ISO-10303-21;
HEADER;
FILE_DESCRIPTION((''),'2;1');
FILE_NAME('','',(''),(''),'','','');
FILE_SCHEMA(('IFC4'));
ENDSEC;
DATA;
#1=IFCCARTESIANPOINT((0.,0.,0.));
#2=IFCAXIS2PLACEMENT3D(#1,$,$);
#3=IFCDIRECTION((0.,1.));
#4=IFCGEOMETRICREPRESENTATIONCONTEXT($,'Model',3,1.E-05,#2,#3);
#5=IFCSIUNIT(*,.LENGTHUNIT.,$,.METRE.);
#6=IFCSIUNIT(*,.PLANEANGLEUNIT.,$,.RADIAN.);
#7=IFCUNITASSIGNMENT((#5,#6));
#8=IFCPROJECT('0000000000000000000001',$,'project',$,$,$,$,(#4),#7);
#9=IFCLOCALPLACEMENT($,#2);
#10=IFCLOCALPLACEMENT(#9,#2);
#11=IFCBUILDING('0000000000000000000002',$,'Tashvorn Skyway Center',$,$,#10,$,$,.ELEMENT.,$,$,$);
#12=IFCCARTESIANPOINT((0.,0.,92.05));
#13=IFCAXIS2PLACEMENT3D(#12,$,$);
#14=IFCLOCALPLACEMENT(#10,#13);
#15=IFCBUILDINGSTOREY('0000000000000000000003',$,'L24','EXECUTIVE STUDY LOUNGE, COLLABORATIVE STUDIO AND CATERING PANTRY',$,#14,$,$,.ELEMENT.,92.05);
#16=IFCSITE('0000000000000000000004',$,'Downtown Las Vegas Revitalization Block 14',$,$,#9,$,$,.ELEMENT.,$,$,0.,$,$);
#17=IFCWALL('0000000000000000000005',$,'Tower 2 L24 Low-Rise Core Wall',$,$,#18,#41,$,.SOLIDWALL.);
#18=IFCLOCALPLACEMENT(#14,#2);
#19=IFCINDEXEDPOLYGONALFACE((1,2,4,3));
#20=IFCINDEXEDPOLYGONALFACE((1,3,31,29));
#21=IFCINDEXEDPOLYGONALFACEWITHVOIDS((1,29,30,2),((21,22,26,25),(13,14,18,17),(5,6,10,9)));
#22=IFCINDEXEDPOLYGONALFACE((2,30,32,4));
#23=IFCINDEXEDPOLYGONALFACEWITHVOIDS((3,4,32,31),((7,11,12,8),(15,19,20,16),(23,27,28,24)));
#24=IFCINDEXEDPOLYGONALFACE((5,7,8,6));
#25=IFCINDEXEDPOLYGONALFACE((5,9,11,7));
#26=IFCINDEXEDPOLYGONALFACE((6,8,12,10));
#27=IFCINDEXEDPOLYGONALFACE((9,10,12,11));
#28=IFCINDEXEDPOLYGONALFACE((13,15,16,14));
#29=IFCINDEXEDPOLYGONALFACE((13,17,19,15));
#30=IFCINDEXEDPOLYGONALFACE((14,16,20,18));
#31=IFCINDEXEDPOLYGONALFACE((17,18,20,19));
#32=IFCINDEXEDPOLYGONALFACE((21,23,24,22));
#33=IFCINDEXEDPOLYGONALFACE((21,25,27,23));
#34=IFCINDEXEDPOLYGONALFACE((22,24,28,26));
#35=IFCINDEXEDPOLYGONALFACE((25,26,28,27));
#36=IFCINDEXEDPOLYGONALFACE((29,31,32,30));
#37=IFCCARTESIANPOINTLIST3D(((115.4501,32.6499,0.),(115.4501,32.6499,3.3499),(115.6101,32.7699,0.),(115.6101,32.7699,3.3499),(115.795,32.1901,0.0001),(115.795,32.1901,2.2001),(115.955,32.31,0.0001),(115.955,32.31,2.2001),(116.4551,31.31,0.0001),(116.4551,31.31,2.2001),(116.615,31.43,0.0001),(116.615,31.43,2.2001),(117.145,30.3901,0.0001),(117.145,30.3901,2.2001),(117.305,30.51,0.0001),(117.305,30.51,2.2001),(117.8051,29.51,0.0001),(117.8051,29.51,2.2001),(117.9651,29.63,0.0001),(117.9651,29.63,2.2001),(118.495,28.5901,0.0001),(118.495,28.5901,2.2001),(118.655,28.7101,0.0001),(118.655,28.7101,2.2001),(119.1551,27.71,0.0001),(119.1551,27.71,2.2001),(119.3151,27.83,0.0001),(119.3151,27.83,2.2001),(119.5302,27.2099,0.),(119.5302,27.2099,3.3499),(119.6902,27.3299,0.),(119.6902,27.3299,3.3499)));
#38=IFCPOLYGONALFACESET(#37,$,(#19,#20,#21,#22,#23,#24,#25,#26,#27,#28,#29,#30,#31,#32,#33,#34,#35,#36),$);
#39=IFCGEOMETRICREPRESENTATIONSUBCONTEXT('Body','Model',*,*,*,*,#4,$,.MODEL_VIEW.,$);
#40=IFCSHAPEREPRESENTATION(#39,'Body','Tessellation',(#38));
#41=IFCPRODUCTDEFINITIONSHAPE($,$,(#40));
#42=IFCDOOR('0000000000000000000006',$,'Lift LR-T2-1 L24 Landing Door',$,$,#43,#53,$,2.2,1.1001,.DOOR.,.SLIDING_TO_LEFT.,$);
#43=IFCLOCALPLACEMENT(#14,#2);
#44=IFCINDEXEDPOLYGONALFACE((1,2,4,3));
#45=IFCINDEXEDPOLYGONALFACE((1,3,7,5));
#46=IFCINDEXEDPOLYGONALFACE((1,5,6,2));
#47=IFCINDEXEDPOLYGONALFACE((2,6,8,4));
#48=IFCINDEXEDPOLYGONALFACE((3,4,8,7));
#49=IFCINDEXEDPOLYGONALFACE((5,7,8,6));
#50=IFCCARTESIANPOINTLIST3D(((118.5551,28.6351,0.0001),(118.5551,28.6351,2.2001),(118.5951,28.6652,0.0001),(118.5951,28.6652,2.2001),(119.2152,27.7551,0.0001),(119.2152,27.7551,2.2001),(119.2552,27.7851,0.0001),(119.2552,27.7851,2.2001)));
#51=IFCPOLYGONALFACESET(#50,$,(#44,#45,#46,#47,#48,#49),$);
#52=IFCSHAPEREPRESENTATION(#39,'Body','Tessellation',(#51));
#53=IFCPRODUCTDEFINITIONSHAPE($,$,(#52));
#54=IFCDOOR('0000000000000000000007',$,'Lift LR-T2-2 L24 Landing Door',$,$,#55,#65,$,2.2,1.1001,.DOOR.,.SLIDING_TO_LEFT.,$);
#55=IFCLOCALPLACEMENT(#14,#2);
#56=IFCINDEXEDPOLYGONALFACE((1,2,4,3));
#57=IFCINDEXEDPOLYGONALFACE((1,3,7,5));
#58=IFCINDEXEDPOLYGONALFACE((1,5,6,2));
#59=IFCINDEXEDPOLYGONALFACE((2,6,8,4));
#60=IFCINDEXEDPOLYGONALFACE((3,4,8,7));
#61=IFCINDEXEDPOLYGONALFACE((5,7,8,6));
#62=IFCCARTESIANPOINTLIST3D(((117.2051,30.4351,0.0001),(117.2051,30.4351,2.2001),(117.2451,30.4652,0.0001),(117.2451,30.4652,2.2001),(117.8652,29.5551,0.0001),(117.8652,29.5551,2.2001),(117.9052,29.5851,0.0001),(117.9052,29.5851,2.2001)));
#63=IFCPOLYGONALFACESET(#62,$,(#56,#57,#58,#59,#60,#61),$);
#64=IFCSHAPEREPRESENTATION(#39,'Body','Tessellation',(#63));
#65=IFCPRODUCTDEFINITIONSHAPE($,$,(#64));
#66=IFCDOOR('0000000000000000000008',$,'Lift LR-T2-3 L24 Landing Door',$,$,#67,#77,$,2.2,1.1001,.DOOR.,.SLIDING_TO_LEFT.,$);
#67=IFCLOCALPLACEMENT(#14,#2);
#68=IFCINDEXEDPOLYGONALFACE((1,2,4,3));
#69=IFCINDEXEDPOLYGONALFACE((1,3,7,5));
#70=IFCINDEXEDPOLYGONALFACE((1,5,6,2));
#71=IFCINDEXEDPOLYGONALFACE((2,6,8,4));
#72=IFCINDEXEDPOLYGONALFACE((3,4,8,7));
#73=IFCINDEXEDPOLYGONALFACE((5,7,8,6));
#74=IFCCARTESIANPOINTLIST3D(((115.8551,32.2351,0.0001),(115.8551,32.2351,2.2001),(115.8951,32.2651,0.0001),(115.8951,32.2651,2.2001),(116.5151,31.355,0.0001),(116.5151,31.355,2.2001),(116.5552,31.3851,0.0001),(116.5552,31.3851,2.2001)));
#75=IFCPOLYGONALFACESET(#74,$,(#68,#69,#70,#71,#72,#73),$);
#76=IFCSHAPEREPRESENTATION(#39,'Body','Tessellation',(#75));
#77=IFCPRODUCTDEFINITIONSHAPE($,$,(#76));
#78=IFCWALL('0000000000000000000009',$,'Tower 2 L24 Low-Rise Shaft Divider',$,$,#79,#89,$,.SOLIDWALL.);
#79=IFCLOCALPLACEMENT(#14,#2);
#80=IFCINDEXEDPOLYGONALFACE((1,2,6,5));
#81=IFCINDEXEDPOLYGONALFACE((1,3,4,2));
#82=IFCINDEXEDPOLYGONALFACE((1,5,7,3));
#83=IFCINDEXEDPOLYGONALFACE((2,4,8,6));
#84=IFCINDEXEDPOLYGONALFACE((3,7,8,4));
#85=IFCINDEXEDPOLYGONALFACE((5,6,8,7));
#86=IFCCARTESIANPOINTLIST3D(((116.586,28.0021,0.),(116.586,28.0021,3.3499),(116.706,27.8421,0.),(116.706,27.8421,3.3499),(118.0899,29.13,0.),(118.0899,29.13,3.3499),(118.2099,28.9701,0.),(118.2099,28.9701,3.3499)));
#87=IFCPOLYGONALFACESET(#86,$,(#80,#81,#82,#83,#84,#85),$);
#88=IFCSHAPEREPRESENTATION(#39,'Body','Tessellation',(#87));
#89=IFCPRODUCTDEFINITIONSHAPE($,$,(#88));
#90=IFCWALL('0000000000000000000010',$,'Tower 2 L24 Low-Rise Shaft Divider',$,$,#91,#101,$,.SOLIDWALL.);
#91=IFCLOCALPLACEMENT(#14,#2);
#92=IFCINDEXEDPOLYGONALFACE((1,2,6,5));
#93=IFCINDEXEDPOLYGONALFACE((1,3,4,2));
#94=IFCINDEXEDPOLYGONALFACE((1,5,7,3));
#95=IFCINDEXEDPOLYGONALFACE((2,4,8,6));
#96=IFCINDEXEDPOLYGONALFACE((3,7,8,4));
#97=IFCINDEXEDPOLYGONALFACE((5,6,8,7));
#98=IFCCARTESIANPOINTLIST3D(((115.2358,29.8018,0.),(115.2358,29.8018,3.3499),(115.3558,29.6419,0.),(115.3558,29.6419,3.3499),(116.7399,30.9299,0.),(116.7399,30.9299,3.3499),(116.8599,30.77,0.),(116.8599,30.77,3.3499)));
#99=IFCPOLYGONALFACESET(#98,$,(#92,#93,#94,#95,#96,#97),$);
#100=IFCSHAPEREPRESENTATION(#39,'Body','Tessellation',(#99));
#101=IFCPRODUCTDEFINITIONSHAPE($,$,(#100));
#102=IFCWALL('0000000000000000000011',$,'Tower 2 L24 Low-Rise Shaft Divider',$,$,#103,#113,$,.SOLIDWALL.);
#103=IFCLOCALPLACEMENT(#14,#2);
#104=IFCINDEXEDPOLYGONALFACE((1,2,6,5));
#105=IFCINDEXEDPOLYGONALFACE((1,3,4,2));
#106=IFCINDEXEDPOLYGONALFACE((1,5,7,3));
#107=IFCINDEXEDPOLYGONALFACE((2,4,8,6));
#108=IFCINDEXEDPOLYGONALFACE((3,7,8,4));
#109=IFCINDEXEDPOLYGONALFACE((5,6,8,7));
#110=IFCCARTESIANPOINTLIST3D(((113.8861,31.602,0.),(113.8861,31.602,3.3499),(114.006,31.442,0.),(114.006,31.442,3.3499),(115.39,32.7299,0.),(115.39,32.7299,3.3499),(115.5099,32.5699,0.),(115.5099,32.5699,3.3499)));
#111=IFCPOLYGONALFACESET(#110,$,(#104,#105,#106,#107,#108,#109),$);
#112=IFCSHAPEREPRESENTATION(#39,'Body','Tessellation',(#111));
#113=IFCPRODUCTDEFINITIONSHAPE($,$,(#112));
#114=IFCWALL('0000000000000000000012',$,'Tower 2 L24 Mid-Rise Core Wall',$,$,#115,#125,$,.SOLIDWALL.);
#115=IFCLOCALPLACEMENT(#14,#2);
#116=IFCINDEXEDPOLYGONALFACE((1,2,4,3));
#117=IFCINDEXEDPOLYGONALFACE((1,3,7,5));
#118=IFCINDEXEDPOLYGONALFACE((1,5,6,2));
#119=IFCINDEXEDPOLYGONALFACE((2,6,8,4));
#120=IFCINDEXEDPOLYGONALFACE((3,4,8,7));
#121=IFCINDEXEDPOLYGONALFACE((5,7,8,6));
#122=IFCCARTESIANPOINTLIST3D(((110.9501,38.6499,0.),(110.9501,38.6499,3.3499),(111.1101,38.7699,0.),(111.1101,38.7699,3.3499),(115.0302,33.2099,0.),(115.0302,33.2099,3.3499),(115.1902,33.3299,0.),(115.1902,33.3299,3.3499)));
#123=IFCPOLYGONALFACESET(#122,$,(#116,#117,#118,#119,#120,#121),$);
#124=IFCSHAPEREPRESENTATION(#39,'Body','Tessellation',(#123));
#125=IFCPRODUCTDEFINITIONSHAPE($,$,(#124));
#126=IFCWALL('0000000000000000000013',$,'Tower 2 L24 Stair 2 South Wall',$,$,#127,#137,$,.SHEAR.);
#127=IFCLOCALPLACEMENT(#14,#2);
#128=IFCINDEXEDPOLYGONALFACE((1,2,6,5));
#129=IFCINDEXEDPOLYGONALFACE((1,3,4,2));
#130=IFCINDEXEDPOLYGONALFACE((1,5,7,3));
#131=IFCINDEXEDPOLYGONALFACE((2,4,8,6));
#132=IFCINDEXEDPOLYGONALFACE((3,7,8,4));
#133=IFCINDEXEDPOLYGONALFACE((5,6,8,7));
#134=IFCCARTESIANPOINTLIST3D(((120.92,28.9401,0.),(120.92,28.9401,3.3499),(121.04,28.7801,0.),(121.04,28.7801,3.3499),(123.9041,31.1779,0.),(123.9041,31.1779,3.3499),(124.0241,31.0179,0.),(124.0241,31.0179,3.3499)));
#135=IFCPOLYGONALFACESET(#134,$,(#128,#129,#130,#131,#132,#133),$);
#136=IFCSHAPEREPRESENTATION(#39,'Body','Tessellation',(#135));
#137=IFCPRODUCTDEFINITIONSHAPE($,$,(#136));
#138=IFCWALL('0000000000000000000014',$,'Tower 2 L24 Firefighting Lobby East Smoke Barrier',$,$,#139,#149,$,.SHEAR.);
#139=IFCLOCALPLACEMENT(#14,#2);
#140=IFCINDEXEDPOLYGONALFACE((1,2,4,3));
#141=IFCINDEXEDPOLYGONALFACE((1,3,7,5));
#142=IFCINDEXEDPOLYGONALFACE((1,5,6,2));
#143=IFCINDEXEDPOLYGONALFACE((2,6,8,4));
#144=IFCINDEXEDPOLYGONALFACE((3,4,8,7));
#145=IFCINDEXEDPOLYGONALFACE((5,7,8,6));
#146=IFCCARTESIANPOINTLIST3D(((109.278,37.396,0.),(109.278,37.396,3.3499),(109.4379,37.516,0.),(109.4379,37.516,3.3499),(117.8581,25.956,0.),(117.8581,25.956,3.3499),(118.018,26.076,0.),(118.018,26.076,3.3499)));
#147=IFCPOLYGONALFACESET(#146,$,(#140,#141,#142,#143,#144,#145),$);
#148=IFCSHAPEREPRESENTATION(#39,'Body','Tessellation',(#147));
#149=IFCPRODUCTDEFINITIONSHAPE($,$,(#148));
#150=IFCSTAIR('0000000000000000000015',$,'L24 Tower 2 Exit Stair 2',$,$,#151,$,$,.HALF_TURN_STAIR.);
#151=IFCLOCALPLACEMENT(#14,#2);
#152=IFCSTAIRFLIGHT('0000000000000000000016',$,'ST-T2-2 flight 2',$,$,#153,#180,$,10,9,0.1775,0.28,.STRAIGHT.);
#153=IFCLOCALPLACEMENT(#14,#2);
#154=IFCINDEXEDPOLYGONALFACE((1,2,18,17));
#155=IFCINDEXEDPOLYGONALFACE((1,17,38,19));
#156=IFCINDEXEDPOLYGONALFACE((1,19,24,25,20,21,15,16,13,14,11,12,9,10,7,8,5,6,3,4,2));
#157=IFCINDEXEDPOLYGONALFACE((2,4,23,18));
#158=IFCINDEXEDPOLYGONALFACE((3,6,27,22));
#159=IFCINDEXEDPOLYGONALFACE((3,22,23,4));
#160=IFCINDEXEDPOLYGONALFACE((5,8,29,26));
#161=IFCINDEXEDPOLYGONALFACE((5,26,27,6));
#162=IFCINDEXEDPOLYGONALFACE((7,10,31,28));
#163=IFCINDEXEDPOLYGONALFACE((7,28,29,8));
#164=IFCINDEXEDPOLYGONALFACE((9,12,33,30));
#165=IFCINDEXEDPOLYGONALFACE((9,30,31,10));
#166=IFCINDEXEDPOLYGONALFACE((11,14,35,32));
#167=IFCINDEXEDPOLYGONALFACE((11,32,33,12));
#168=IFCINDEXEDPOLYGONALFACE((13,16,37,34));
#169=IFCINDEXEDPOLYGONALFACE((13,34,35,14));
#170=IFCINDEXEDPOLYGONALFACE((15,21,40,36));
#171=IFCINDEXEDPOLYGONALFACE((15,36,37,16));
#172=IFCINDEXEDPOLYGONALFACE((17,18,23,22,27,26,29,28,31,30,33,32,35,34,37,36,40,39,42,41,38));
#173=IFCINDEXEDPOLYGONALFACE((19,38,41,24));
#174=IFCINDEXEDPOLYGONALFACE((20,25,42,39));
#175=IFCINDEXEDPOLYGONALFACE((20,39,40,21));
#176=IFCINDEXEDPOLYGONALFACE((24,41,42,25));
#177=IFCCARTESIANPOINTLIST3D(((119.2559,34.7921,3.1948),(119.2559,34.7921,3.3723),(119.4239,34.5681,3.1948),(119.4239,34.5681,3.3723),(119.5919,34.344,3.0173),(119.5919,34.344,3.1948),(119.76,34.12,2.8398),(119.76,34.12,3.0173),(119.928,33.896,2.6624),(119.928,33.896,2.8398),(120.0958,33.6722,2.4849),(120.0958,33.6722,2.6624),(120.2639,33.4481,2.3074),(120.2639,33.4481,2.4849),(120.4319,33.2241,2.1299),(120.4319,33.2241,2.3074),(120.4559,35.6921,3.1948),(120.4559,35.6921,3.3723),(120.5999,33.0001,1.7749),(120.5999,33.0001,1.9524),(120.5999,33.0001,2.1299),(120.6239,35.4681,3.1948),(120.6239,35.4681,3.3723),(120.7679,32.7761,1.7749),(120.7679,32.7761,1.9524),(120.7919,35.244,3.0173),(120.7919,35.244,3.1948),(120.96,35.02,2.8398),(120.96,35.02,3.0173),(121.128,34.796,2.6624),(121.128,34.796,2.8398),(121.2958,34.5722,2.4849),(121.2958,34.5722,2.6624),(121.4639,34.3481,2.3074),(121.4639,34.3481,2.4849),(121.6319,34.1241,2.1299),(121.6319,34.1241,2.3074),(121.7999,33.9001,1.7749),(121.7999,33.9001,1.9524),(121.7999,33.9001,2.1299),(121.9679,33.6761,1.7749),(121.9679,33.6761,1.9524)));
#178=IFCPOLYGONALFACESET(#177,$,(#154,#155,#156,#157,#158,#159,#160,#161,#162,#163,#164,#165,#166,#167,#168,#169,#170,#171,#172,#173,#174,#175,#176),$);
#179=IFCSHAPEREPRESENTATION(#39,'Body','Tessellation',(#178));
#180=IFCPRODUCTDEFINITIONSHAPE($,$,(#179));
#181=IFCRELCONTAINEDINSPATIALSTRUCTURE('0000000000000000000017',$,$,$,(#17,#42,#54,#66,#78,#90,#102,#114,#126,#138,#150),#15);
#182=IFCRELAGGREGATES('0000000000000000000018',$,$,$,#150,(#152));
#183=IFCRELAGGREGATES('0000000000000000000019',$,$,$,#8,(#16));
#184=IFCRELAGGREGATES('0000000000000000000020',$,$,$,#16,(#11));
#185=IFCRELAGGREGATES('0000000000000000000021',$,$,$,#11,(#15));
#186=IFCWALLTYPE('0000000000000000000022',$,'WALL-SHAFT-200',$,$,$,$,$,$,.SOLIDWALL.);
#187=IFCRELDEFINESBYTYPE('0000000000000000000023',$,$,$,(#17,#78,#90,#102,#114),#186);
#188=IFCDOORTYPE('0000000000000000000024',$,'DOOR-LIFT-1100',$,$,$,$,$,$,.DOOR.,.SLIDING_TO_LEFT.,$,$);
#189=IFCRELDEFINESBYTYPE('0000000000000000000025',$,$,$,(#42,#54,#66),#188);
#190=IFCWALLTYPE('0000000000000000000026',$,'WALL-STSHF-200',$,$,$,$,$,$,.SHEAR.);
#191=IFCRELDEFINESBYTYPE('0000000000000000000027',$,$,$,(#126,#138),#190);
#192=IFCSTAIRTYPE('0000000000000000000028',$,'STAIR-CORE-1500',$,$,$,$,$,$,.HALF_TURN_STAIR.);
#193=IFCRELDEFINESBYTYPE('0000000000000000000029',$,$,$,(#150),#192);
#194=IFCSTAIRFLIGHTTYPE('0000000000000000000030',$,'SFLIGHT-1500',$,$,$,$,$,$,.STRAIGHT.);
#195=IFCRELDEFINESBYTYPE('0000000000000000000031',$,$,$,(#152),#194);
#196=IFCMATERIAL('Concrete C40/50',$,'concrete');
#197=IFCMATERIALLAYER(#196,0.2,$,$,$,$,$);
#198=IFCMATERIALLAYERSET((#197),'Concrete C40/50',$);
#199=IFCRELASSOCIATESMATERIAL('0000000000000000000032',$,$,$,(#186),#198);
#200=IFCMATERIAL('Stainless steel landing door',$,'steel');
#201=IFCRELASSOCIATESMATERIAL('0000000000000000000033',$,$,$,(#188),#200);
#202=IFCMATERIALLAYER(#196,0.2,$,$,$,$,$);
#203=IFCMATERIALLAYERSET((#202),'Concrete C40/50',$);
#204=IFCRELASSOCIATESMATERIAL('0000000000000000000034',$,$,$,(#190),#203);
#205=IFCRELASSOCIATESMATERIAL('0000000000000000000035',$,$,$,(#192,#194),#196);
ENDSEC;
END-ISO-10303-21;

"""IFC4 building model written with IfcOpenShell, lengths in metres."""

from ifc_helpers import new_model, si_unit, direction, frame, frame_2d, origin, place, context, subcontext, project, spatial, polyline, rectangle, outline, extrude, material, layer, layer_set, type_object, element, fill, aggregate, save


model = new_model("IFC4")

# Units and contexts
model_context = context("Model", 3, precision=1e-05, world=origin(), true_north=direction((0.0, 1.0)))
body_context = subcontext(model_context, "Body", "Model", "MODEL_VIEW")
ifc_project = project(units=[si_unit("LENGTHUNIT", "METRE"), si_unit("PLANEANGLEUNIT", "RADIAN")], contexts=[model_context])

# Site, building, storey
site_placement = place(None, origin())
site = spatial("IfcSite", under=ifc_project, at=site_placement, Name="Downtown Las Vegas Revitalization Block 14", CompositionType="ELEMENT", RefElevation=0.0)
building_placement = place(site_placement, origin())
building = spatial("IfcBuilding", under=site, at=building_placement, Name="Tashvorn Skyway Center", CompositionType="ELEMENT")
storey_placement = place(building_placement, frame((0.0, 0.0, 92.05)))
storey = spatial("IfcBuildingStorey", under=building, at=storey_placement, Name="L24", Description="EXECUTIVE STUDY LOUNGE, COLLABORATIVE STUDIO AND CATERING PANTRY", CompositionType="ELEMENT", Elevation=92.05)

# Wall, openings, doors
ifc_material_1 = material(Name="Concrete C40/50", Category="concrete")
ifc_layer_1 = layer(ifc_material_1, 0.2)
ifc_layer_set_1 = layer_set([ifc_layer_1], Name="Concrete C40/50")
wall_type_1 = type_object("IfcWallType", Name="WALL-SHAFT-200", PredefinedType="SOLIDWALL", material=ifc_layer_set_1)
wall_1_placement = place(storey_placement, frame((119.6101, 27.27, 0.0), z_axis=(0.0, 0.0, 1.0), x_axis=(-0.600011, 0.799991, 0.0)))
wall_1 = element("IfcWall", 1, at=wall_1_placement, inside=storey, type_object=wall_type_1, Name="Tower 2 L24 Low-Rise Core Wall", PredefinedType="SOLIDWALL", context=body_context, shape_type="SweptSolid", body=[
    extrude(rectangle(XDim=6.8, YDim=0.2, at=frame_2d((3.3999, 0.0))), origin(), (0.0, 0.0, 1.0), 3.3499),
])
opening_1_placement = place(wall_1_placement, frame((0.625, 0.0, 0.0)))
opening_1 = element("IfcOpeningElement", 2, at=opening_1_placement, cuts=wall_1, PredefinedType="OPENING", context=body_context, shape_type="SweptSolid", body=[
    extrude(rectangle(XDim=1.1001, YDim=2.2, at=frame_2d((0.55, 1.1001))), frame((0.0, 0.1099, 0.0), z_axis=(0.0, -1.0, 0.0), x_axis=(1.0, 0.0, 0.0)), (0.0, 0.0, 1.0), 0.22),
])
opening_2_placement = place(wall_1_placement, frame((2.875, 0.0, 0.0)))
opening_2 = element("IfcOpeningElement", 3, at=opening_2_placement, cuts=wall_1, PredefinedType="OPENING", context=body_context, shape_type="SweptSolid", body=[
    extrude(rectangle(XDim=1.1001, YDim=2.2, at=frame_2d((0.55, 1.1001))), frame((0.0, 0.1099, 0.0), z_axis=(0.0, -1.0, 0.0), x_axis=(1.0, 0.0, 0.0)), (0.0, 0.0, 1.0), 0.22),
])
opening_3_placement = place(wall_1_placement, frame((5.125, 0.0, 0.0)))
opening_3 = element("IfcOpeningElement", 4, at=opening_3_placement, cuts=wall_1, PredefinedType="OPENING", context=body_context, shape_type="SweptSolid", body=[
    extrude(rectangle(XDim=1.1001, YDim=2.2, at=frame_2d((0.55, 1.1001))), frame((0.0, 0.1099, 0.0), z_axis=(0.0, -1.0, 0.0), x_axis=(1.0, 0.0, 0.0)), (0.0, 0.0, 1.0), 0.22),
])
ifc_material_2 = material(Name="Stainless steel landing door", Category="steel")
door_type_1 = type_object("IfcDoorType", Name="DOOR-LIFT-1100", OperationType="SLIDING_TO_LEFT", PredefinedType="DOOR", material=ifc_material_2)
door_1_placement = place(opening_1_placement, origin())
door_1 = element("IfcDoor", 5, at=door_1_placement, inside=storey, type_object=door_type_1, Name="Lift LR-T2-1 L24 Landing Door", OperationType="SLIDING_TO_LEFT", OverallHeight=2.2, OverallWidth=1.1001, PredefinedType="DOOR", context=body_context, shape_type="SweptSolid", body=[
    extrude(rectangle(XDim=1.1001, YDim=2.2, at=frame_2d((0.55, 1.1001))), frame((0.0, 0.0249, 0.0), z_axis=(0.0, -1.0, 0.0), x_axis=(1.0, 0.0, 0.0)), (0.0, 0.0, 1.0), 0.05),
])
fill(opening_1, door_1)
door_2_placement = place(opening_2_placement, origin())
door_2 = element("IfcDoor", 6, at=door_2_placement, inside=storey, type_object=door_type_1, Name="Lift LR-T2-2 L24 Landing Door", OperationType="SLIDING_TO_LEFT", OverallHeight=2.2, OverallWidth=1.1001, PredefinedType="DOOR", context=body_context, shape_type="SweptSolid", body=[
    extrude(rectangle(XDim=1.1001, YDim=2.2, at=frame_2d((0.55, 1.1001))), frame((0.0, 0.0249, 0.0), z_axis=(0.0, -1.0, 0.0), x_axis=(1.0, 0.0, 0.0)), (0.0, 0.0, 1.0), 0.05),
])
fill(opening_2, door_2)
door_3_placement = place(opening_3_placement, origin())
door_3 = element("IfcDoor", 7, at=door_3_placement, inside=storey, type_object=door_type_1, Name="Lift LR-T2-3 L24 Landing Door", OperationType="SLIDING_TO_LEFT", OverallHeight=2.2, OverallWidth=1.1001, PredefinedType="DOOR", context=body_context, shape_type="SweptSolid", body=[
    extrude(rectangle(XDim=1.1001, YDim=2.2, at=frame_2d((0.55, 1.1001))), frame((0.0, 0.0249, 0.0), z_axis=(0.0, -1.0, 0.0), x_axis=(1.0, 0.0, 0.0)), (0.0, 0.0, 1.0), 0.05),
])
fill(opening_3, door_3)

# Walls
wall_2_placement = place(storey_placement, frame((116.646, 27.9221, 0.0), z_axis=(0.0, 0.0, 1.0), x_axis=(0.8, 0.6, 0.0)))
element("IfcWall", 8, at=wall_2_placement, inside=storey, type_object=wall_type_1, Name="Tower 2 L24 Low-Rise Shaft Divider", PredefinedType="SOLIDWALL", context=body_context, shape_type="SweptSolid", body=[
    extrude(rectangle(XDim=1.8799, YDim=0.2, at=frame_2d((0.9399, 0.0))), origin(), (0.0, 0.0, 1.0), 3.3499),
])
wall_3_placement = place(storey_placement, frame((115.2959, 29.7219, 0.0), z_axis=(0.0, 0.0, 1.0), x_axis=(0.799984, 0.600021, 0.0)))
element("IfcWall", 9, at=wall_3_placement, inside=storey, type_object=wall_type_1, Name="Tower 2 L24 Low-Rise Shaft Divider", PredefinedType="SOLIDWALL", context=body_context, shape_type="SweptSolid", body=[
    extrude(rectangle(XDim=1.8801, YDim=0.2, at=frame_2d((0.9399, 0.0))), origin(), (0.0, 0.0, 1.0), 3.3499),
])
wall_4_placement = place(storey_placement, frame((113.946, 31.522, 0.0), z_axis=(0.0, 0.0, 1.0), x_axis=(0.8, 0.6, 0.0)))
element("IfcWall", 10, at=wall_4_placement, inside=storey, type_object=wall_type_1, Name="Tower 2 L24 Low-Rise Shaft Divider", PredefinedType="SOLIDWALL", context=body_context, shape_type="SweptSolid", body=[
    extrude(rectangle(XDim=1.8799, YDim=0.2, at=frame_2d((0.9399, 0.0))), origin(), (0.0, 0.0, 1.0), 3.3499),
])
wall_5_placement = place(storey_placement, frame((115.1101, 33.27, 0.0), z_axis=(0.0, 0.0, 1.0), x_axis=(-0.600011, 0.799991, 0.0)))
element("IfcWall", 11, at=wall_5_placement, inside=storey, type_object=wall_type_1, Name="Tower 2 L24 Mid-Rise Core Wall", PredefinedType="SOLIDWALL", context=body_context, shape_type="SweptSolid", body=[
    extrude(rectangle(XDim=6.8, YDim=0.2, at=frame_2d((3.3999, 0.0))), origin(), (0.0, 0.0, 1.0), 3.3499),
])
ifc_layer_2 = layer(ifc_material_1, 0.2)
ifc_layer_set_2 = layer_set([ifc_layer_2], Name="Concrete C40/50")
wall_type_2 = type_object("IfcWallType", Name="WALL-STSHF-200", PredefinedType="SHEAR", material=ifc_layer_set_2)
wall_6_placement = place(storey_placement, frame((120.98, 28.8601, 0.0), z_axis=(0.0, 0.0, 1.0), x_axis=(0.800039, 0.599948, 0.0)))
element("IfcWall", 12, at=wall_6_placement, inside=storey, type_object=wall_type_2, Name="Tower 2 L24 Stair 2 South Wall", PredefinedType="SHEAR", context=body_context, shape_type="SweptSolid", body=[
    extrude(rectangle(XDim=3.73, YDim=0.2, at=frame_2d((1.865, 0.0))), origin(), (0.0, 0.0, 1.0), 3.3499),
])
wall_7_placement = place(storey_placement, frame((117.938, 26.0161, 0.0), z_axis=(0.0, 0.0, 1.0), x_axis=(-0.600005, 0.799996, 0.0)))
element("IfcWall", 13, at=wall_7_placement, inside=storey, type_object=wall_type_2, Name="Tower 2 L24 Firefighting Lobby East Smoke Barrier", PredefinedType="SHEAR", context=body_context, shape_type="SweptSolid", body=[
    extrude(rectangle(XDim=14.3, YDim=0.2, at=frame_2d((7.1499, 0.0))), origin(), (0.0, 0.0, 1.0), 3.3499),
])

# Stair, stair flight
stair_type = type_object("IfcStairType", Name="STAIR-CORE-1500", PredefinedType="HALF_TURN_STAIR", material=ifc_material_1)
stair_placement = place(storey_placement, origin())
stair = element("IfcStair", 14, at=stair_placement, inside=storey, type_object=stair_type, Name="L24 Tower 2 Exit Stair 2", PredefinedType="HALF_TURN_STAIR")
stair_flight_type = type_object("IfcStairFlightType", Name="SFLIGHT-1500", PredefinedType="STRAIGHT", material=ifc_material_1)
stair_flight_placement = place(storey_placement, frame((121.3679, 33.2261, 1.7749), z_axis=(0.0, 0.0, 1.0), x_axis=(-0.6, 0.8, 0.0)))
stair_flight = element("IfcStairFlight", 15, at=stair_flight_placement, type_object=stair_flight_type, Name="ST-T2-2 flight 2", NumberOfRisers=10, NumberOfTreads=9, PredefinedType="STRAIGHT", RiserHeight=0.1775, TreadLength=0.28, context=body_context, shape_type="SweptSolid", body=[
    extrude(outline(polyline([(0.0, 0.0), (0.0, 0.1775), (0.28, 0.1775), (0.28, 0.355), (0.5601, 0.355), (0.5601, 0.5325), (0.8401, 0.5325), (0.8401, 0.71), (1.1201, 0.71), (1.1201, 0.8875), (1.3999, 0.8875), (1.3999, 1.0649), (1.6799, 1.0649), (1.6799, 1.2424), (1.96, 1.2424), (1.96, 1.4199), (2.24, 1.4199), (2.24, 1.5974), (2.52, 1.5974), (2.52, 1.7749), (2.52, 1.4199), (0.28, 0.0), (0.0, 0.0)])), frame((0.0, 0.75, 0.0), z_axis=(0.0, -1.0, 0.0), x_axis=(1.0, 0.0, 0.0)), (0.0, 0.0, 1.0), 1.5),
])
aggregate(stair, [stair_flight])

save(model, "model.ifc")
